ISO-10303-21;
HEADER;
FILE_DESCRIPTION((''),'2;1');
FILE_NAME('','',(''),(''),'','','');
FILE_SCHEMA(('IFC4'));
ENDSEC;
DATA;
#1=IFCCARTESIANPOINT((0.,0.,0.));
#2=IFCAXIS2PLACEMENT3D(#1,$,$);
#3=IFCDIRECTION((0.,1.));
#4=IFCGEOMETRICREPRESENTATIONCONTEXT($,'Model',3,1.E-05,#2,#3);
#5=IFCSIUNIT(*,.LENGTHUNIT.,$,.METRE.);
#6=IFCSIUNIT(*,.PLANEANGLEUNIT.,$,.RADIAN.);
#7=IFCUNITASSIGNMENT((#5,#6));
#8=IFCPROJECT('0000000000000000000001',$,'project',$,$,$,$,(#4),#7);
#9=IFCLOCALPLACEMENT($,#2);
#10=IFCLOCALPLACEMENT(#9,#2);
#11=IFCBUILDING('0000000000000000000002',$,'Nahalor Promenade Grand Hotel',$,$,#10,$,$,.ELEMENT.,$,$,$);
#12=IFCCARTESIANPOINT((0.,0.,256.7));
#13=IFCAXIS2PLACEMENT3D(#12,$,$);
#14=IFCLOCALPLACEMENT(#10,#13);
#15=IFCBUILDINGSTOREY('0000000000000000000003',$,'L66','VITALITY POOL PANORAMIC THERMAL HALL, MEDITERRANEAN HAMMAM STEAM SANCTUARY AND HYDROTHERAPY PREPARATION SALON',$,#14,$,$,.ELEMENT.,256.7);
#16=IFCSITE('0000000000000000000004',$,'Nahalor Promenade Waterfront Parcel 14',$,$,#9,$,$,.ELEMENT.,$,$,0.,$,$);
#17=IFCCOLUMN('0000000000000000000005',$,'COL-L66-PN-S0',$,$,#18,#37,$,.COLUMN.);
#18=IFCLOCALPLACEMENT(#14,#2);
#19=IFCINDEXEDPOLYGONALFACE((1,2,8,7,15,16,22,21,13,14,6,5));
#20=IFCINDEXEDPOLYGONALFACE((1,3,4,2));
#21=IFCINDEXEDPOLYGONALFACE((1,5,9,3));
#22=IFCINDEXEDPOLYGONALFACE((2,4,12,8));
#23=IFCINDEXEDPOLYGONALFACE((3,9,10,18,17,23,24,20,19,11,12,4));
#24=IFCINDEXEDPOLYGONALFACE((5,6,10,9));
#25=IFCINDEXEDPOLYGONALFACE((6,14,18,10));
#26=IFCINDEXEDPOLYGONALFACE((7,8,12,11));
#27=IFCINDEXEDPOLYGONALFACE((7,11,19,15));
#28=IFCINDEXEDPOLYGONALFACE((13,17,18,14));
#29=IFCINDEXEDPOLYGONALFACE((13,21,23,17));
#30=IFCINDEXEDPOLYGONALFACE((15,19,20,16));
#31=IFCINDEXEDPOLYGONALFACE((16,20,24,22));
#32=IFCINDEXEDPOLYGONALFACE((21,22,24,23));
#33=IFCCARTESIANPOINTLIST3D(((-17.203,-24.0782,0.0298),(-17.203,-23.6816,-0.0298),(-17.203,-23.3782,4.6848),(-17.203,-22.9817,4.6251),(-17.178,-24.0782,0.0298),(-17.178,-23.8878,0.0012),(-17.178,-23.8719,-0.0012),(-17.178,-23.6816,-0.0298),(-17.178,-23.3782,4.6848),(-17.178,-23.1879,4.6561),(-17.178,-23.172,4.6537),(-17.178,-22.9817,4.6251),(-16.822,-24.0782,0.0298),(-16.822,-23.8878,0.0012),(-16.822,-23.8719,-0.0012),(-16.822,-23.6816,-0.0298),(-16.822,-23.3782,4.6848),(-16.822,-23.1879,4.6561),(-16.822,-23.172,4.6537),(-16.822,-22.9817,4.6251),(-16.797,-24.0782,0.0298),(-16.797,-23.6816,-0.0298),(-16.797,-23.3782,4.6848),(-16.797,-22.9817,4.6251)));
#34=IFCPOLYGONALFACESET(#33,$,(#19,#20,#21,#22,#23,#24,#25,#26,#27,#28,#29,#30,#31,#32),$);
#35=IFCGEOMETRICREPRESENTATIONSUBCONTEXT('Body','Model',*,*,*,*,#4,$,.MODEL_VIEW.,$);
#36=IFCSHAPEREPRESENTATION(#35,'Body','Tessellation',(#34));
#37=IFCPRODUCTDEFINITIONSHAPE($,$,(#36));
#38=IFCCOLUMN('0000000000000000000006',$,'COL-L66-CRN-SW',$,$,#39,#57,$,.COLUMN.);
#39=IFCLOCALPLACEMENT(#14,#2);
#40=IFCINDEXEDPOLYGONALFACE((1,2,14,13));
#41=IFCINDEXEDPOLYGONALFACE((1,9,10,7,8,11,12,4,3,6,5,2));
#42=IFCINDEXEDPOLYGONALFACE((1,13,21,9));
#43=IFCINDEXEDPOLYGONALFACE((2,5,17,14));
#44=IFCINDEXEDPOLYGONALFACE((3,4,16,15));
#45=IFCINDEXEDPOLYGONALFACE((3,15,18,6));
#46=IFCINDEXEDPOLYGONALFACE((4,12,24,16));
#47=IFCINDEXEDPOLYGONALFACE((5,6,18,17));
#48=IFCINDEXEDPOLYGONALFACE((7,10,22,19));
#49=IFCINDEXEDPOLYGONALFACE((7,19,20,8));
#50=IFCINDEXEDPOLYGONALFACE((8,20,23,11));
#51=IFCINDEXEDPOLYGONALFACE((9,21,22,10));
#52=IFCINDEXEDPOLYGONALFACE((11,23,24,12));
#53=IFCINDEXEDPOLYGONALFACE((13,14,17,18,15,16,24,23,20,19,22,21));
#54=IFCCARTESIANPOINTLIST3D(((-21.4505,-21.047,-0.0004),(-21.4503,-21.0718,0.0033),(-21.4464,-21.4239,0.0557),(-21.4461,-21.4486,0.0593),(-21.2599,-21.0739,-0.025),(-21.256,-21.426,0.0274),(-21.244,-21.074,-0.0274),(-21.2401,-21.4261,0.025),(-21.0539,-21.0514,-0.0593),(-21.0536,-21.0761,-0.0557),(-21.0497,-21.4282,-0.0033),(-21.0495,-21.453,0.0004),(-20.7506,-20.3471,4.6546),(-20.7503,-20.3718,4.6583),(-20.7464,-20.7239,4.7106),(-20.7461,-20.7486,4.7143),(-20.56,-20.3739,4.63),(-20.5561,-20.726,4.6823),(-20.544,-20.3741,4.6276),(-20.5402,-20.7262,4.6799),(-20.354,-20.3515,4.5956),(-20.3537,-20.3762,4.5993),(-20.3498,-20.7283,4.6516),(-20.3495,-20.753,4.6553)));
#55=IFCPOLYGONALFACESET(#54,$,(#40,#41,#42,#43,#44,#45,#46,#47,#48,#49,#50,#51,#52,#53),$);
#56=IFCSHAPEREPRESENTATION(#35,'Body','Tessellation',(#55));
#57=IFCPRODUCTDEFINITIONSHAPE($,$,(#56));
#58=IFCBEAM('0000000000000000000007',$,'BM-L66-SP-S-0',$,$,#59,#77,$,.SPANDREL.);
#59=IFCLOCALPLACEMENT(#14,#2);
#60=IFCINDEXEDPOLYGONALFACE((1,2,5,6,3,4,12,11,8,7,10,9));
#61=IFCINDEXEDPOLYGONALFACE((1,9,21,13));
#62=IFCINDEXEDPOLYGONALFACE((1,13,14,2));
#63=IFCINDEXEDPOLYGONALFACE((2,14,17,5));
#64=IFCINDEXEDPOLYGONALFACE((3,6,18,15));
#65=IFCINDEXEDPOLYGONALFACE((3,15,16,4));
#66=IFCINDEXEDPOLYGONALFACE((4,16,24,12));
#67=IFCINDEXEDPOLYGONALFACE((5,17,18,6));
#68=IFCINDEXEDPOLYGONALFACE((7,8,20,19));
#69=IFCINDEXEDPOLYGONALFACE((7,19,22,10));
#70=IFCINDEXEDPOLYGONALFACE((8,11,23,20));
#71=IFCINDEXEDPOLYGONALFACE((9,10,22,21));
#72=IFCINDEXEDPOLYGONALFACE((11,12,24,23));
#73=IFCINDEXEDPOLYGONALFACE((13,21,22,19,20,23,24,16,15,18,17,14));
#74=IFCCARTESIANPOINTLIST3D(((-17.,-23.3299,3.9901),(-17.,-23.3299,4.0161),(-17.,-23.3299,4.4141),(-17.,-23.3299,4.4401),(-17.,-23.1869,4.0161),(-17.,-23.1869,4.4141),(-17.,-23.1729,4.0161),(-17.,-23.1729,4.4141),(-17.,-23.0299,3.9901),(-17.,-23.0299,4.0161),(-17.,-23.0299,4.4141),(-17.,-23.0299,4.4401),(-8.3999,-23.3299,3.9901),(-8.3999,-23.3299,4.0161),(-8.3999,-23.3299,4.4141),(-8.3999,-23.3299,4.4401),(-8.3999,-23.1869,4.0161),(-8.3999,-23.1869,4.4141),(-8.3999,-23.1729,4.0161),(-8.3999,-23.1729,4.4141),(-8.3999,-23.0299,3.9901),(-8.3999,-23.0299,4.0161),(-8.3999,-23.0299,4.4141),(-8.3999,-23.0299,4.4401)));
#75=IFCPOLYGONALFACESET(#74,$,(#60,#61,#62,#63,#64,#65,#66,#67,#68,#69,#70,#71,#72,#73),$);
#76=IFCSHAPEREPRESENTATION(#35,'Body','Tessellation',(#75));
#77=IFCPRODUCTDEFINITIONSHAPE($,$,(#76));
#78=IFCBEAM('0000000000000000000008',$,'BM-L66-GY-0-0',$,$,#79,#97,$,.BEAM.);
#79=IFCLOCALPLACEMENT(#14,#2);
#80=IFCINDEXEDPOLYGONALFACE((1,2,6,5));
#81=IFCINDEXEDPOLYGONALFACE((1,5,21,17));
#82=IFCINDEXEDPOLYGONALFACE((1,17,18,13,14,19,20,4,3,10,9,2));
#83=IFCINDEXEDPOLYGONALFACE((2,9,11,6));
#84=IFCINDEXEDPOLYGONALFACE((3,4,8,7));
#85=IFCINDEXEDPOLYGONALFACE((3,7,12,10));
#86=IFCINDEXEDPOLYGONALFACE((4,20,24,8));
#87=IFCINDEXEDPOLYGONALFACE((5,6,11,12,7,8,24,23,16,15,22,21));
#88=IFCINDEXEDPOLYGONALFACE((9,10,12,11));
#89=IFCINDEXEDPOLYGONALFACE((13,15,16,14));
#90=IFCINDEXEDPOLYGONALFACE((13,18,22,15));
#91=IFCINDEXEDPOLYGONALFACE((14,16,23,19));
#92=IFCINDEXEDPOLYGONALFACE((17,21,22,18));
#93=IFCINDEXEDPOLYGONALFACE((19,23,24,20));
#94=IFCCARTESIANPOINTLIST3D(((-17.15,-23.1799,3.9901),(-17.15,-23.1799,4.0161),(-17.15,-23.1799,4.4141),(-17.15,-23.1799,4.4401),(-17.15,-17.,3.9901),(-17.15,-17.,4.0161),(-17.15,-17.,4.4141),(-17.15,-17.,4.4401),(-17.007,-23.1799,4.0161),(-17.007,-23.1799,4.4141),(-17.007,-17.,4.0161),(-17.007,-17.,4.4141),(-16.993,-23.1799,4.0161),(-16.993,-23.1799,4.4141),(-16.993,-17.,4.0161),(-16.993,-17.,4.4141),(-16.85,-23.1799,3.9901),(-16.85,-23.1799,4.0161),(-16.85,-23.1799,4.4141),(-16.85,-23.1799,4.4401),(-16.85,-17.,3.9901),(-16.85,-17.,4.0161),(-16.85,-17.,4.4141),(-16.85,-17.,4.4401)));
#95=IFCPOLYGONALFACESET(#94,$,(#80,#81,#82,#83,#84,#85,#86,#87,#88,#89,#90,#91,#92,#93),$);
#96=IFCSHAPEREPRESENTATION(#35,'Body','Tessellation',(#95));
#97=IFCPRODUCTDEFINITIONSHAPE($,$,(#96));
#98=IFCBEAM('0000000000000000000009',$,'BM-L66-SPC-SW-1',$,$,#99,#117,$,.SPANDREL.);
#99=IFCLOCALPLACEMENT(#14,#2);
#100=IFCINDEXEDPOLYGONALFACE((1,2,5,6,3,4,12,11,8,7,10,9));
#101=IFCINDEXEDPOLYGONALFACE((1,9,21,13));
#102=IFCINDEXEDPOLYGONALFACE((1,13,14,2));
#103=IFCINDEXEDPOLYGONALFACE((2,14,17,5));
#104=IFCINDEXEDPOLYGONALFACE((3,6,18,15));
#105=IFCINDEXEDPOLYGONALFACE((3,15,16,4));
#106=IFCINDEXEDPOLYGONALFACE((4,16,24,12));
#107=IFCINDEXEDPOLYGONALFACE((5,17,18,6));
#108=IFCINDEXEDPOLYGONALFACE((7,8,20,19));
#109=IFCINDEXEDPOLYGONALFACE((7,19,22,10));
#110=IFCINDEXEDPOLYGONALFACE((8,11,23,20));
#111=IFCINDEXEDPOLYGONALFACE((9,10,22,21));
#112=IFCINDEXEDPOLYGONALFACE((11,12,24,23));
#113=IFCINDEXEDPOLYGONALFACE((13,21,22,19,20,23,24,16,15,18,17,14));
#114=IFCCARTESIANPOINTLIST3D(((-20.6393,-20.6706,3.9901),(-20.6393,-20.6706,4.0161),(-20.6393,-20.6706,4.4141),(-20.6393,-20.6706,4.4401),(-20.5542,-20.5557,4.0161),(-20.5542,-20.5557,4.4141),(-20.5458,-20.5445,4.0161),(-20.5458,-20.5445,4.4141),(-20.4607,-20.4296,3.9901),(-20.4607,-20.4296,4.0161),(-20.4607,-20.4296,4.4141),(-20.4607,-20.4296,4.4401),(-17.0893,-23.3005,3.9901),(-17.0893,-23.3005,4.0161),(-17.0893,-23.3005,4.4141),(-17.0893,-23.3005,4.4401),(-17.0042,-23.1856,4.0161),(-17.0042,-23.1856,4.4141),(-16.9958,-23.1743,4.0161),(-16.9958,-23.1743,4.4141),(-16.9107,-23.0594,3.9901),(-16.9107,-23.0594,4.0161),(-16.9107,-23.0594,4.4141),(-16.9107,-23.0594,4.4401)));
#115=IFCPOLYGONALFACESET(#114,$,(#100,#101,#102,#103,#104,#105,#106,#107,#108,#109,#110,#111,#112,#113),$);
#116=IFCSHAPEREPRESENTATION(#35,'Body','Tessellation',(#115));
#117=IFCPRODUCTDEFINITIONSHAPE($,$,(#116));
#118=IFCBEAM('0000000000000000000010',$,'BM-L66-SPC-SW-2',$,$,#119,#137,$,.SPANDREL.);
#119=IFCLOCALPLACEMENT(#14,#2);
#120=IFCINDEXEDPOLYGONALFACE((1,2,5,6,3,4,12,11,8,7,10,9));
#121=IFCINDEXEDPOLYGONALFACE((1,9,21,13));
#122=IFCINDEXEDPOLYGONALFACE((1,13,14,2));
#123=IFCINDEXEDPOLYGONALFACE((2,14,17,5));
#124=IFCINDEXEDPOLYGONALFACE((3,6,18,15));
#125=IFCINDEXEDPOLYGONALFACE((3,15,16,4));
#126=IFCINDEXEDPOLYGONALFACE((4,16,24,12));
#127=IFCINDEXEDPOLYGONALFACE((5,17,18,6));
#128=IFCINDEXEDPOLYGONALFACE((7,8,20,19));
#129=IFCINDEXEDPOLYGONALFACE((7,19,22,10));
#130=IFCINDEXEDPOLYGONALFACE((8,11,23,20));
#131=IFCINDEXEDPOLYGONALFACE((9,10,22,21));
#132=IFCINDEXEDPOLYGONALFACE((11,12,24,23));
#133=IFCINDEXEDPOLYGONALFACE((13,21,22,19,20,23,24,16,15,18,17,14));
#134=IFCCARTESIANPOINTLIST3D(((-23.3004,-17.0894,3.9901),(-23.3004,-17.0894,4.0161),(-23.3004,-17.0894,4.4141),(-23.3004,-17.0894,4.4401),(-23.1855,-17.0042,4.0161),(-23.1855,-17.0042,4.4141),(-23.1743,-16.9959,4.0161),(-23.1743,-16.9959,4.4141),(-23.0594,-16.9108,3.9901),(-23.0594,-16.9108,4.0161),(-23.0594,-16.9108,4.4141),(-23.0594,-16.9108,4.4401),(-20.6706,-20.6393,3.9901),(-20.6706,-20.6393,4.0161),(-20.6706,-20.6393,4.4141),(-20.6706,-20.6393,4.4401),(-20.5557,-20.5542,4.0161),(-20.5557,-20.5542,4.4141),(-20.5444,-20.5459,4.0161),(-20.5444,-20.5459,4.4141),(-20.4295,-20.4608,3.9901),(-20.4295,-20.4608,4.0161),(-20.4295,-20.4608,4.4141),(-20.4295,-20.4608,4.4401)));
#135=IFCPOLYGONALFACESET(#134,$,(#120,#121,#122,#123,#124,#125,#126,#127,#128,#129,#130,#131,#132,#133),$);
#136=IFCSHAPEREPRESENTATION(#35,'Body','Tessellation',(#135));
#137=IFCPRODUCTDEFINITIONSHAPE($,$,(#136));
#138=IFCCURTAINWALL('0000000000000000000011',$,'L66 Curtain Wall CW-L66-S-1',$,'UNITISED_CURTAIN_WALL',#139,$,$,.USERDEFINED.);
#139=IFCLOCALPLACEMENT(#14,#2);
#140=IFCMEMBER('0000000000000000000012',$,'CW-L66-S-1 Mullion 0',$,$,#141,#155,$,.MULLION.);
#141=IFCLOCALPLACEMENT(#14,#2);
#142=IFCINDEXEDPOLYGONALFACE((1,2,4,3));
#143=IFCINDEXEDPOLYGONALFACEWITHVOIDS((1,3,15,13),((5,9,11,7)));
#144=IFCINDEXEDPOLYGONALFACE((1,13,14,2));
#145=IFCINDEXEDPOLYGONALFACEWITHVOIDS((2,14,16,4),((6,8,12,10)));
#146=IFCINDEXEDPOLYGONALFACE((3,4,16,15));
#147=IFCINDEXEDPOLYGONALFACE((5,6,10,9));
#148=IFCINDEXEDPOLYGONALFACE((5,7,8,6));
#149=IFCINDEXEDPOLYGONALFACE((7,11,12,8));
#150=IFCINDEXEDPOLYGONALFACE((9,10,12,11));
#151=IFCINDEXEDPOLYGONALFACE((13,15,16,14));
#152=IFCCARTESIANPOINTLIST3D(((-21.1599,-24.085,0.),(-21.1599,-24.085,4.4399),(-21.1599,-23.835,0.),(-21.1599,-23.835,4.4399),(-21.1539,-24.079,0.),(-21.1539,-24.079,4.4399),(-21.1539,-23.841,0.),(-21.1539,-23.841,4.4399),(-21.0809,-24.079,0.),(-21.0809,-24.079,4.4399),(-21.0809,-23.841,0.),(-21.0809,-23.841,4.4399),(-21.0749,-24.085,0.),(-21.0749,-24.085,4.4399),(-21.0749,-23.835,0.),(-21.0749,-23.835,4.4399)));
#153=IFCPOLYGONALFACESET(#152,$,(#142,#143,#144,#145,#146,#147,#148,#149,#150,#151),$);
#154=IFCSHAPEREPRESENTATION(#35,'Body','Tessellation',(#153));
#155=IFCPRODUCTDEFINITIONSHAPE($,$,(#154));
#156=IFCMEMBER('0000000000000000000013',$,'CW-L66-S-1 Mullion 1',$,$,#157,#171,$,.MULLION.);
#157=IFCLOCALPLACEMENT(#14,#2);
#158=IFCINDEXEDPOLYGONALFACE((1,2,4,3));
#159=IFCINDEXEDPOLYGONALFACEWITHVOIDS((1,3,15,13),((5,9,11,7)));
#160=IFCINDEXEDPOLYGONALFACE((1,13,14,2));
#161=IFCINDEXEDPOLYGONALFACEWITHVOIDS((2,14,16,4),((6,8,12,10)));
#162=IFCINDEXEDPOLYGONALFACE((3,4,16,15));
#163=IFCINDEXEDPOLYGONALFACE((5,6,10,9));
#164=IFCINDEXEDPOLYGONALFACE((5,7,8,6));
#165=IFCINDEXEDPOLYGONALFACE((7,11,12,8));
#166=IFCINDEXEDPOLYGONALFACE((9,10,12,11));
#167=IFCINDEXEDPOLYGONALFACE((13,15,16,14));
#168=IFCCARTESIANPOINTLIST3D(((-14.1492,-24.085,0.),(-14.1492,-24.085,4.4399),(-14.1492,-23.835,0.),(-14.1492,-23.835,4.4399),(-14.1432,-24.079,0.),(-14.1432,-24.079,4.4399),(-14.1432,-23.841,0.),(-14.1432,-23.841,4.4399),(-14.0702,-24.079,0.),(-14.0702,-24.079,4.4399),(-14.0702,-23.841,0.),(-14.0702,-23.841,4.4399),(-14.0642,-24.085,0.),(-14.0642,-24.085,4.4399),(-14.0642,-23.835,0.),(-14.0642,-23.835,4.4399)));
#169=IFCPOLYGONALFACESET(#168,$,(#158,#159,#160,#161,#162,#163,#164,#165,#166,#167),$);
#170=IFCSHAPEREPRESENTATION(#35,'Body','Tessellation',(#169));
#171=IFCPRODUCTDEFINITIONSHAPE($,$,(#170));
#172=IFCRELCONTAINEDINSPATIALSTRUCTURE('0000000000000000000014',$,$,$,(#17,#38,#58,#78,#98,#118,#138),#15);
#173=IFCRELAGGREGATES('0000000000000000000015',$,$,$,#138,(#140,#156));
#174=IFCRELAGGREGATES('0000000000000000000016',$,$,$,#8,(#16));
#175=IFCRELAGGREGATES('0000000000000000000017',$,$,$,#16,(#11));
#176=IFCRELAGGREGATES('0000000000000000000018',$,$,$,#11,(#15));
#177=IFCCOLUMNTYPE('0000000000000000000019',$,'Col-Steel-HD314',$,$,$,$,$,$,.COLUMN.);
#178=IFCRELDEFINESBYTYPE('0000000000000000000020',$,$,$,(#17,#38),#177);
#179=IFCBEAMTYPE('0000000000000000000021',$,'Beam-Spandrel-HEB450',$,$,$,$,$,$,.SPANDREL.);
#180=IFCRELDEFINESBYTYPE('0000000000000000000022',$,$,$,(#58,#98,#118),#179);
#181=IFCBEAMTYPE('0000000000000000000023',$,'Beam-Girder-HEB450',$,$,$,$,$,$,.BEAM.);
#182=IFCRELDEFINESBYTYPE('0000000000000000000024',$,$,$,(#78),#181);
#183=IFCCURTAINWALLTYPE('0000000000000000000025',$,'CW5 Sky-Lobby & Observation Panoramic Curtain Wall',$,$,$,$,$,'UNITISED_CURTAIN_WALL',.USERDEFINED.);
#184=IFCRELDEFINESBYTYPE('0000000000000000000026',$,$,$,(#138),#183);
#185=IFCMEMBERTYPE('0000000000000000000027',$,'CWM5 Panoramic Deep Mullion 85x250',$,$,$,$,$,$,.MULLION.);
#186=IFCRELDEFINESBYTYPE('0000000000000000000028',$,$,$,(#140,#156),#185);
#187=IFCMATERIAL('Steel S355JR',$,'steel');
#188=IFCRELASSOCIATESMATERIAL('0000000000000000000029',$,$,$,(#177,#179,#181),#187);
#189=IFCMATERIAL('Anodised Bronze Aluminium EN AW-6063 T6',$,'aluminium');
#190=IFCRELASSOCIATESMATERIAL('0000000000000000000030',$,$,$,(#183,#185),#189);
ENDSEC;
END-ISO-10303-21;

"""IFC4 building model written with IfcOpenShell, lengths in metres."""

from ifc_helpers import new_model, si_unit, direction, frame, origin, origin_2d, place, context, subcontext, project, spatial, hollow_rectangle, i_section, extrude, source, transform, mapped, material, material_profile, profile_set, type_object, element, aggregate, save


model = new_model("IFC4")

# Units and contexts
model_context = context("Model", 3, precision=1e-05, world=origin(), true_north=direction((0.0, 1.0)))
body_context = subcontext(model_context, "Body", "Model", "MODEL_VIEW")
ifc_project = project(units=[si_unit("LENGTHUNIT", "METRE"), si_unit("PLANEANGLEUNIT", "RADIAN")], contexts=[model_context])

# Site, building, storey
site_placement = place(None, origin())
site = spatial("IfcSite", under=ifc_project, at=site_placement, Name="Nahalor Promenade Waterfront Parcel 14", CompositionType="ELEMENT", RefElevation=0.0)
building_placement = place(site_placement, origin())
building = spatial("IfcBuilding", under=site, at=building_placement, Name="Nahalor Promenade Grand Hotel", CompositionType="ELEMENT")
storey_placement = place(building_placement, frame((0.0, 0.0, 256.7)))
storey = spatial("IfcBuildingStorey", under=building, at=storey_placement, Name="L66", Description="VITALITY POOL PANORAMIC THERMAL HALL, MEDITERRANEAN HAMMAM STEAM SANCTUARY AND HYDROTHERAPY PREPARATION SALON", CompositionType="ELEMENT", Elevation=256.7)

# Columns
ifc_material_1 = material(Name="Steel S355JR", Category="steel")
ifc_material_profile_1 = material_profile(ifc_material_1, i_section(OverallWidth=0.401, OverallDepth=0.406, WebThickness=0.0161, FlangeThickness=0.025, at=origin_2d()), Name="HD 400x314")
ifc_profile_set_1 = profile_set([ifc_material_profile_1], Name="Steel S355JR")
column_type = type_object("IfcColumnType", Name="Col-Steel-HD314", PredefinedType="COLUMN", material=ifc_profile_set_1)
shared_shape_1 = source(origin(), body_context, "Body", "SweptSolid", [
    extrude(i_section(OverallWidth=0.401, OverallDepth=0.406, WebThickness=0.0161, FlangeThickness=0.025, at=origin_2d()), origin(), (0.0, 0.0, 1.0), 4.7073),
])
column_1_placement = place(storey_placement, frame((-17.0, -23.8799, 0.0), z_axis=(0.0, 0.148693, 0.988883), x_axis=(0.0, -0.988883, 0.148693)))
element("IfcColumn", 1, at=column_1_placement, inside=storey, type_object=column_type, Name="COL-L66-PN-S0", PredefinedType="COLUMN", context=body_context, shape_type="MappedRepresentation", body=[
    mapped(shared_shape_1, transform((0.0, 0.0, 0.0), scale=1.0)),
])
shared_shape_2 = source(origin(), body_context, "Body", "SweptSolid", [
    extrude(i_section(OverallWidth=0.401, OverallDepth=0.406, WebThickness=0.0161, FlangeThickness=0.025, at=origin_2d()), origin(), (0.0, 0.0, 1.0), 4.759),
])
column_2_placement = place(storey_placement, frame((-21.25, -21.25, 0.0), z_axis=(0.147076, 0.147076, 0.97813), x_axis=(-0.989065, 0.010935, 0.147076)))
element("IfcColumn", 2, at=column_2_placement, inside=storey, type_object=column_type, Name="COL-L66-CRN-SW", PredefinedType="COLUMN", context=body_context, shape_type="MappedRepresentation", body=[
    mapped(shared_shape_2, transform((0.0, 0.0, 0.0), scale=1.0)),
])

# Beams
ifc_material_profile_2 = material_profile(ifc_material_1, i_section(OverallWidth=0.3, OverallDepth=0.45, WebThickness=0.014, FlangeThickness=0.026, at=origin_2d()), Name="HEB 450")
ifc_profile_set_2 = profile_set([ifc_material_profile_2], Name="Steel S355JR")
beam_type_1 = type_object("IfcBeamType", Name="Beam-Spandrel-HEB450", PredefinedType="SPANDREL", material=ifc_profile_set_2)
shared_shape_3 = source(origin(), body_context, "Body", "SweptSolid", [
    extrude(i_section(OverallWidth=0.3, OverallDepth=0.45, WebThickness=0.014, FlangeThickness=0.026, at=origin_2d()), origin(), (0.0, 0.0, 1.0), 8.6001),
])
beam_1_placement = place(storey_placement, frame((-17.0, -23.1799, 4.2151), z_axis=(1.0, 0.0, 0.0), x_axis=(0.0, 1.0, 0.0)))
element("IfcBeam", 3, at=beam_1_placement, inside=storey, type_object=beam_type_1, Name="BM-L66-SP-S-0", PredefinedType="SPANDREL", context=body_context, shape_type="MappedRepresentation", body=[
    mapped(shared_shape_3, transform((0.0, 0.0, 0.0), scale=1.0)),
])
ifc_material_profile_3 = material_profile(ifc_material_1, i_section(OverallWidth=0.3, OverallDepth=0.45, WebThickness=0.014, FlangeThickness=0.026, at=origin_2d()), Name="HEB 450")
ifc_profile_set_3 = profile_set([ifc_material_profile_3], Name="Steel S355JR")
beam_type_2 = type_object("IfcBeamType", Name="Beam-Girder-HEB450", PredefinedType="BEAM", material=ifc_profile_set_3)
shared_shape_4 = source(origin(), body_context, "Body", "SweptSolid", [
    extrude(i_section(OverallWidth=0.3, OverallDepth=0.45, WebThickness=0.014, FlangeThickness=0.026, at=origin_2d()), origin(), (0.0, 0.0, 1.0), 6.1799),
])
beam_2_placement = place(storey_placement, frame((-17.0, -23.1799, 4.2151), z_axis=(0.0, 1.0, 0.0), x_axis=(-1.0, 0.0, 0.0)))
element("IfcBeam", 4, at=beam_2_placement, inside=storey, type_object=beam_type_2, Name="BM-L66-GY-0-0", PredefinedType="BEAM", context=body_context, shape_type="MappedRepresentation", body=[
    mapped(shared_shape_4, transform((0.0, 0.0, 0.0), scale=1.0)),
])
shared_shape_5 = source(origin(), body_context, "Body", "SweptSolid", [
    extrude(i_section(OverallWidth=0.3, OverallDepth=0.45, WebThickness=0.014, FlangeThickness=0.026, at=origin_2d()), origin(), (0.0, 0.0, 1.0), 4.418),
])
for number, where, z_axis, x_axis, name in (
    (5, (-17.0, -23.1799, 4.2151), (-0.803534, 0.595259, 0.0), (-0.595259, -0.803534, 0.0), "BM-L66-SPC-SW-1"),
    (6, (-20.55, -20.55, 4.2151), (-0.595259, 0.803534, 0.0), (-0.803534, -0.595259, 0.0), "BM-L66-SPC-SW-2"),
):
    element("IfcBeam", number, at=place(storey_placement, frame(where, z_axis=z_axis, x_axis=x_axis)), inside=storey, type_object=beam_type_1, Name=name, PredefinedType="SPANDREL", context=body_context, shape_type="MappedRepresentation", body=[
        mapped(shared_shape_5, transform((0.0, 0.0, 0.0), scale=1.0)),
    ])

# Curtain wall, members
ifc_material_2 = material(Name="Anodised Bronze Aluminium EN AW-6063 T6", Category="aluminium")
curtain_wall_type = type_object("IfcCurtainWallType", Name="CW5 Sky-Lobby & Observation Panoramic Curtain Wall", ElementType="UNITISED_CURTAIN_WALL", PredefinedType="USERDEFINED", material=ifc_material_2)
curtain_wall_1_placement = place(storey_placement, origin())
curtain_wall_1 = element("IfcCurtainWall", 7, at=curtain_wall_1_placement, inside=storey, type_object=curtain_wall_type, Name="L66 Curtain Wall CW-L66-S-1", ObjectType="UNITISED_CURTAIN_WALL", PredefinedType="USERDEFINED")
ifc_material_profile_4 = material_profile(ifc_material_2, hollow_rectangle(XDim=0.085, YDim=0.25, WallThickness=0.006, at=origin_2d()), Name="CWM 85x250x6")
ifc_profile_set_4 = profile_set([ifc_material_profile_4], Name="Anodised Bronze Aluminium EN AW-6063 T6")
member_type_1 = type_object("IfcMemberType", Name="CWM5 Panoramic Deep Mullion 85x250", PredefinedType="MULLION", material=ifc_profile_set_4)
shared_shape_6 = source(origin(), body_context, "Body", "SweptSolid", [
    extrude(hollow_rectangle(XDim=0.085, YDim=0.25, WallThickness=0.006, at=origin_2d()), origin(), (0.0, 0.0, 1.0), 4.4399),
])
member_1_placement = place(storey_placement, frame((-21.1174, -23.96, 0.0), z_axis=(0.0, 0.0, 1.0), x_axis=(1.0, 0.0, 0.0)))
member_1 = element("IfcMember", 8, at=member_1_placement, type_object=member_type_1, Name="CW-L66-S-1 Mullion 0", PredefinedType="MULLION", context=body_context, shape_type="MappedRepresentation", body=[
    mapped(shared_shape_6, transform((0.0, 0.0, 0.0), scale=1.0)),
])
member_2_placement = place(storey_placement, frame((-14.1067, -23.96, 0.0), z_axis=(0.0, 0.0, 1.0), x_axis=(1.0, 0.0, 0.0)))
member_2 = element("IfcMember", 9, at=member_2_placement, type_object=member_type_1, Name="CW-L66-S-1 Mullion 1", PredefinedType="MULLION", context=body_context, shape_type="MappedRepresentation", body=[
    mapped(shared_shape_6, transform((0.0, 0.0, 0.0), scale=1.0)),
])

aggregate(curtain_wall_1, [member_1, member_2])

save(model, "model.ifc")
